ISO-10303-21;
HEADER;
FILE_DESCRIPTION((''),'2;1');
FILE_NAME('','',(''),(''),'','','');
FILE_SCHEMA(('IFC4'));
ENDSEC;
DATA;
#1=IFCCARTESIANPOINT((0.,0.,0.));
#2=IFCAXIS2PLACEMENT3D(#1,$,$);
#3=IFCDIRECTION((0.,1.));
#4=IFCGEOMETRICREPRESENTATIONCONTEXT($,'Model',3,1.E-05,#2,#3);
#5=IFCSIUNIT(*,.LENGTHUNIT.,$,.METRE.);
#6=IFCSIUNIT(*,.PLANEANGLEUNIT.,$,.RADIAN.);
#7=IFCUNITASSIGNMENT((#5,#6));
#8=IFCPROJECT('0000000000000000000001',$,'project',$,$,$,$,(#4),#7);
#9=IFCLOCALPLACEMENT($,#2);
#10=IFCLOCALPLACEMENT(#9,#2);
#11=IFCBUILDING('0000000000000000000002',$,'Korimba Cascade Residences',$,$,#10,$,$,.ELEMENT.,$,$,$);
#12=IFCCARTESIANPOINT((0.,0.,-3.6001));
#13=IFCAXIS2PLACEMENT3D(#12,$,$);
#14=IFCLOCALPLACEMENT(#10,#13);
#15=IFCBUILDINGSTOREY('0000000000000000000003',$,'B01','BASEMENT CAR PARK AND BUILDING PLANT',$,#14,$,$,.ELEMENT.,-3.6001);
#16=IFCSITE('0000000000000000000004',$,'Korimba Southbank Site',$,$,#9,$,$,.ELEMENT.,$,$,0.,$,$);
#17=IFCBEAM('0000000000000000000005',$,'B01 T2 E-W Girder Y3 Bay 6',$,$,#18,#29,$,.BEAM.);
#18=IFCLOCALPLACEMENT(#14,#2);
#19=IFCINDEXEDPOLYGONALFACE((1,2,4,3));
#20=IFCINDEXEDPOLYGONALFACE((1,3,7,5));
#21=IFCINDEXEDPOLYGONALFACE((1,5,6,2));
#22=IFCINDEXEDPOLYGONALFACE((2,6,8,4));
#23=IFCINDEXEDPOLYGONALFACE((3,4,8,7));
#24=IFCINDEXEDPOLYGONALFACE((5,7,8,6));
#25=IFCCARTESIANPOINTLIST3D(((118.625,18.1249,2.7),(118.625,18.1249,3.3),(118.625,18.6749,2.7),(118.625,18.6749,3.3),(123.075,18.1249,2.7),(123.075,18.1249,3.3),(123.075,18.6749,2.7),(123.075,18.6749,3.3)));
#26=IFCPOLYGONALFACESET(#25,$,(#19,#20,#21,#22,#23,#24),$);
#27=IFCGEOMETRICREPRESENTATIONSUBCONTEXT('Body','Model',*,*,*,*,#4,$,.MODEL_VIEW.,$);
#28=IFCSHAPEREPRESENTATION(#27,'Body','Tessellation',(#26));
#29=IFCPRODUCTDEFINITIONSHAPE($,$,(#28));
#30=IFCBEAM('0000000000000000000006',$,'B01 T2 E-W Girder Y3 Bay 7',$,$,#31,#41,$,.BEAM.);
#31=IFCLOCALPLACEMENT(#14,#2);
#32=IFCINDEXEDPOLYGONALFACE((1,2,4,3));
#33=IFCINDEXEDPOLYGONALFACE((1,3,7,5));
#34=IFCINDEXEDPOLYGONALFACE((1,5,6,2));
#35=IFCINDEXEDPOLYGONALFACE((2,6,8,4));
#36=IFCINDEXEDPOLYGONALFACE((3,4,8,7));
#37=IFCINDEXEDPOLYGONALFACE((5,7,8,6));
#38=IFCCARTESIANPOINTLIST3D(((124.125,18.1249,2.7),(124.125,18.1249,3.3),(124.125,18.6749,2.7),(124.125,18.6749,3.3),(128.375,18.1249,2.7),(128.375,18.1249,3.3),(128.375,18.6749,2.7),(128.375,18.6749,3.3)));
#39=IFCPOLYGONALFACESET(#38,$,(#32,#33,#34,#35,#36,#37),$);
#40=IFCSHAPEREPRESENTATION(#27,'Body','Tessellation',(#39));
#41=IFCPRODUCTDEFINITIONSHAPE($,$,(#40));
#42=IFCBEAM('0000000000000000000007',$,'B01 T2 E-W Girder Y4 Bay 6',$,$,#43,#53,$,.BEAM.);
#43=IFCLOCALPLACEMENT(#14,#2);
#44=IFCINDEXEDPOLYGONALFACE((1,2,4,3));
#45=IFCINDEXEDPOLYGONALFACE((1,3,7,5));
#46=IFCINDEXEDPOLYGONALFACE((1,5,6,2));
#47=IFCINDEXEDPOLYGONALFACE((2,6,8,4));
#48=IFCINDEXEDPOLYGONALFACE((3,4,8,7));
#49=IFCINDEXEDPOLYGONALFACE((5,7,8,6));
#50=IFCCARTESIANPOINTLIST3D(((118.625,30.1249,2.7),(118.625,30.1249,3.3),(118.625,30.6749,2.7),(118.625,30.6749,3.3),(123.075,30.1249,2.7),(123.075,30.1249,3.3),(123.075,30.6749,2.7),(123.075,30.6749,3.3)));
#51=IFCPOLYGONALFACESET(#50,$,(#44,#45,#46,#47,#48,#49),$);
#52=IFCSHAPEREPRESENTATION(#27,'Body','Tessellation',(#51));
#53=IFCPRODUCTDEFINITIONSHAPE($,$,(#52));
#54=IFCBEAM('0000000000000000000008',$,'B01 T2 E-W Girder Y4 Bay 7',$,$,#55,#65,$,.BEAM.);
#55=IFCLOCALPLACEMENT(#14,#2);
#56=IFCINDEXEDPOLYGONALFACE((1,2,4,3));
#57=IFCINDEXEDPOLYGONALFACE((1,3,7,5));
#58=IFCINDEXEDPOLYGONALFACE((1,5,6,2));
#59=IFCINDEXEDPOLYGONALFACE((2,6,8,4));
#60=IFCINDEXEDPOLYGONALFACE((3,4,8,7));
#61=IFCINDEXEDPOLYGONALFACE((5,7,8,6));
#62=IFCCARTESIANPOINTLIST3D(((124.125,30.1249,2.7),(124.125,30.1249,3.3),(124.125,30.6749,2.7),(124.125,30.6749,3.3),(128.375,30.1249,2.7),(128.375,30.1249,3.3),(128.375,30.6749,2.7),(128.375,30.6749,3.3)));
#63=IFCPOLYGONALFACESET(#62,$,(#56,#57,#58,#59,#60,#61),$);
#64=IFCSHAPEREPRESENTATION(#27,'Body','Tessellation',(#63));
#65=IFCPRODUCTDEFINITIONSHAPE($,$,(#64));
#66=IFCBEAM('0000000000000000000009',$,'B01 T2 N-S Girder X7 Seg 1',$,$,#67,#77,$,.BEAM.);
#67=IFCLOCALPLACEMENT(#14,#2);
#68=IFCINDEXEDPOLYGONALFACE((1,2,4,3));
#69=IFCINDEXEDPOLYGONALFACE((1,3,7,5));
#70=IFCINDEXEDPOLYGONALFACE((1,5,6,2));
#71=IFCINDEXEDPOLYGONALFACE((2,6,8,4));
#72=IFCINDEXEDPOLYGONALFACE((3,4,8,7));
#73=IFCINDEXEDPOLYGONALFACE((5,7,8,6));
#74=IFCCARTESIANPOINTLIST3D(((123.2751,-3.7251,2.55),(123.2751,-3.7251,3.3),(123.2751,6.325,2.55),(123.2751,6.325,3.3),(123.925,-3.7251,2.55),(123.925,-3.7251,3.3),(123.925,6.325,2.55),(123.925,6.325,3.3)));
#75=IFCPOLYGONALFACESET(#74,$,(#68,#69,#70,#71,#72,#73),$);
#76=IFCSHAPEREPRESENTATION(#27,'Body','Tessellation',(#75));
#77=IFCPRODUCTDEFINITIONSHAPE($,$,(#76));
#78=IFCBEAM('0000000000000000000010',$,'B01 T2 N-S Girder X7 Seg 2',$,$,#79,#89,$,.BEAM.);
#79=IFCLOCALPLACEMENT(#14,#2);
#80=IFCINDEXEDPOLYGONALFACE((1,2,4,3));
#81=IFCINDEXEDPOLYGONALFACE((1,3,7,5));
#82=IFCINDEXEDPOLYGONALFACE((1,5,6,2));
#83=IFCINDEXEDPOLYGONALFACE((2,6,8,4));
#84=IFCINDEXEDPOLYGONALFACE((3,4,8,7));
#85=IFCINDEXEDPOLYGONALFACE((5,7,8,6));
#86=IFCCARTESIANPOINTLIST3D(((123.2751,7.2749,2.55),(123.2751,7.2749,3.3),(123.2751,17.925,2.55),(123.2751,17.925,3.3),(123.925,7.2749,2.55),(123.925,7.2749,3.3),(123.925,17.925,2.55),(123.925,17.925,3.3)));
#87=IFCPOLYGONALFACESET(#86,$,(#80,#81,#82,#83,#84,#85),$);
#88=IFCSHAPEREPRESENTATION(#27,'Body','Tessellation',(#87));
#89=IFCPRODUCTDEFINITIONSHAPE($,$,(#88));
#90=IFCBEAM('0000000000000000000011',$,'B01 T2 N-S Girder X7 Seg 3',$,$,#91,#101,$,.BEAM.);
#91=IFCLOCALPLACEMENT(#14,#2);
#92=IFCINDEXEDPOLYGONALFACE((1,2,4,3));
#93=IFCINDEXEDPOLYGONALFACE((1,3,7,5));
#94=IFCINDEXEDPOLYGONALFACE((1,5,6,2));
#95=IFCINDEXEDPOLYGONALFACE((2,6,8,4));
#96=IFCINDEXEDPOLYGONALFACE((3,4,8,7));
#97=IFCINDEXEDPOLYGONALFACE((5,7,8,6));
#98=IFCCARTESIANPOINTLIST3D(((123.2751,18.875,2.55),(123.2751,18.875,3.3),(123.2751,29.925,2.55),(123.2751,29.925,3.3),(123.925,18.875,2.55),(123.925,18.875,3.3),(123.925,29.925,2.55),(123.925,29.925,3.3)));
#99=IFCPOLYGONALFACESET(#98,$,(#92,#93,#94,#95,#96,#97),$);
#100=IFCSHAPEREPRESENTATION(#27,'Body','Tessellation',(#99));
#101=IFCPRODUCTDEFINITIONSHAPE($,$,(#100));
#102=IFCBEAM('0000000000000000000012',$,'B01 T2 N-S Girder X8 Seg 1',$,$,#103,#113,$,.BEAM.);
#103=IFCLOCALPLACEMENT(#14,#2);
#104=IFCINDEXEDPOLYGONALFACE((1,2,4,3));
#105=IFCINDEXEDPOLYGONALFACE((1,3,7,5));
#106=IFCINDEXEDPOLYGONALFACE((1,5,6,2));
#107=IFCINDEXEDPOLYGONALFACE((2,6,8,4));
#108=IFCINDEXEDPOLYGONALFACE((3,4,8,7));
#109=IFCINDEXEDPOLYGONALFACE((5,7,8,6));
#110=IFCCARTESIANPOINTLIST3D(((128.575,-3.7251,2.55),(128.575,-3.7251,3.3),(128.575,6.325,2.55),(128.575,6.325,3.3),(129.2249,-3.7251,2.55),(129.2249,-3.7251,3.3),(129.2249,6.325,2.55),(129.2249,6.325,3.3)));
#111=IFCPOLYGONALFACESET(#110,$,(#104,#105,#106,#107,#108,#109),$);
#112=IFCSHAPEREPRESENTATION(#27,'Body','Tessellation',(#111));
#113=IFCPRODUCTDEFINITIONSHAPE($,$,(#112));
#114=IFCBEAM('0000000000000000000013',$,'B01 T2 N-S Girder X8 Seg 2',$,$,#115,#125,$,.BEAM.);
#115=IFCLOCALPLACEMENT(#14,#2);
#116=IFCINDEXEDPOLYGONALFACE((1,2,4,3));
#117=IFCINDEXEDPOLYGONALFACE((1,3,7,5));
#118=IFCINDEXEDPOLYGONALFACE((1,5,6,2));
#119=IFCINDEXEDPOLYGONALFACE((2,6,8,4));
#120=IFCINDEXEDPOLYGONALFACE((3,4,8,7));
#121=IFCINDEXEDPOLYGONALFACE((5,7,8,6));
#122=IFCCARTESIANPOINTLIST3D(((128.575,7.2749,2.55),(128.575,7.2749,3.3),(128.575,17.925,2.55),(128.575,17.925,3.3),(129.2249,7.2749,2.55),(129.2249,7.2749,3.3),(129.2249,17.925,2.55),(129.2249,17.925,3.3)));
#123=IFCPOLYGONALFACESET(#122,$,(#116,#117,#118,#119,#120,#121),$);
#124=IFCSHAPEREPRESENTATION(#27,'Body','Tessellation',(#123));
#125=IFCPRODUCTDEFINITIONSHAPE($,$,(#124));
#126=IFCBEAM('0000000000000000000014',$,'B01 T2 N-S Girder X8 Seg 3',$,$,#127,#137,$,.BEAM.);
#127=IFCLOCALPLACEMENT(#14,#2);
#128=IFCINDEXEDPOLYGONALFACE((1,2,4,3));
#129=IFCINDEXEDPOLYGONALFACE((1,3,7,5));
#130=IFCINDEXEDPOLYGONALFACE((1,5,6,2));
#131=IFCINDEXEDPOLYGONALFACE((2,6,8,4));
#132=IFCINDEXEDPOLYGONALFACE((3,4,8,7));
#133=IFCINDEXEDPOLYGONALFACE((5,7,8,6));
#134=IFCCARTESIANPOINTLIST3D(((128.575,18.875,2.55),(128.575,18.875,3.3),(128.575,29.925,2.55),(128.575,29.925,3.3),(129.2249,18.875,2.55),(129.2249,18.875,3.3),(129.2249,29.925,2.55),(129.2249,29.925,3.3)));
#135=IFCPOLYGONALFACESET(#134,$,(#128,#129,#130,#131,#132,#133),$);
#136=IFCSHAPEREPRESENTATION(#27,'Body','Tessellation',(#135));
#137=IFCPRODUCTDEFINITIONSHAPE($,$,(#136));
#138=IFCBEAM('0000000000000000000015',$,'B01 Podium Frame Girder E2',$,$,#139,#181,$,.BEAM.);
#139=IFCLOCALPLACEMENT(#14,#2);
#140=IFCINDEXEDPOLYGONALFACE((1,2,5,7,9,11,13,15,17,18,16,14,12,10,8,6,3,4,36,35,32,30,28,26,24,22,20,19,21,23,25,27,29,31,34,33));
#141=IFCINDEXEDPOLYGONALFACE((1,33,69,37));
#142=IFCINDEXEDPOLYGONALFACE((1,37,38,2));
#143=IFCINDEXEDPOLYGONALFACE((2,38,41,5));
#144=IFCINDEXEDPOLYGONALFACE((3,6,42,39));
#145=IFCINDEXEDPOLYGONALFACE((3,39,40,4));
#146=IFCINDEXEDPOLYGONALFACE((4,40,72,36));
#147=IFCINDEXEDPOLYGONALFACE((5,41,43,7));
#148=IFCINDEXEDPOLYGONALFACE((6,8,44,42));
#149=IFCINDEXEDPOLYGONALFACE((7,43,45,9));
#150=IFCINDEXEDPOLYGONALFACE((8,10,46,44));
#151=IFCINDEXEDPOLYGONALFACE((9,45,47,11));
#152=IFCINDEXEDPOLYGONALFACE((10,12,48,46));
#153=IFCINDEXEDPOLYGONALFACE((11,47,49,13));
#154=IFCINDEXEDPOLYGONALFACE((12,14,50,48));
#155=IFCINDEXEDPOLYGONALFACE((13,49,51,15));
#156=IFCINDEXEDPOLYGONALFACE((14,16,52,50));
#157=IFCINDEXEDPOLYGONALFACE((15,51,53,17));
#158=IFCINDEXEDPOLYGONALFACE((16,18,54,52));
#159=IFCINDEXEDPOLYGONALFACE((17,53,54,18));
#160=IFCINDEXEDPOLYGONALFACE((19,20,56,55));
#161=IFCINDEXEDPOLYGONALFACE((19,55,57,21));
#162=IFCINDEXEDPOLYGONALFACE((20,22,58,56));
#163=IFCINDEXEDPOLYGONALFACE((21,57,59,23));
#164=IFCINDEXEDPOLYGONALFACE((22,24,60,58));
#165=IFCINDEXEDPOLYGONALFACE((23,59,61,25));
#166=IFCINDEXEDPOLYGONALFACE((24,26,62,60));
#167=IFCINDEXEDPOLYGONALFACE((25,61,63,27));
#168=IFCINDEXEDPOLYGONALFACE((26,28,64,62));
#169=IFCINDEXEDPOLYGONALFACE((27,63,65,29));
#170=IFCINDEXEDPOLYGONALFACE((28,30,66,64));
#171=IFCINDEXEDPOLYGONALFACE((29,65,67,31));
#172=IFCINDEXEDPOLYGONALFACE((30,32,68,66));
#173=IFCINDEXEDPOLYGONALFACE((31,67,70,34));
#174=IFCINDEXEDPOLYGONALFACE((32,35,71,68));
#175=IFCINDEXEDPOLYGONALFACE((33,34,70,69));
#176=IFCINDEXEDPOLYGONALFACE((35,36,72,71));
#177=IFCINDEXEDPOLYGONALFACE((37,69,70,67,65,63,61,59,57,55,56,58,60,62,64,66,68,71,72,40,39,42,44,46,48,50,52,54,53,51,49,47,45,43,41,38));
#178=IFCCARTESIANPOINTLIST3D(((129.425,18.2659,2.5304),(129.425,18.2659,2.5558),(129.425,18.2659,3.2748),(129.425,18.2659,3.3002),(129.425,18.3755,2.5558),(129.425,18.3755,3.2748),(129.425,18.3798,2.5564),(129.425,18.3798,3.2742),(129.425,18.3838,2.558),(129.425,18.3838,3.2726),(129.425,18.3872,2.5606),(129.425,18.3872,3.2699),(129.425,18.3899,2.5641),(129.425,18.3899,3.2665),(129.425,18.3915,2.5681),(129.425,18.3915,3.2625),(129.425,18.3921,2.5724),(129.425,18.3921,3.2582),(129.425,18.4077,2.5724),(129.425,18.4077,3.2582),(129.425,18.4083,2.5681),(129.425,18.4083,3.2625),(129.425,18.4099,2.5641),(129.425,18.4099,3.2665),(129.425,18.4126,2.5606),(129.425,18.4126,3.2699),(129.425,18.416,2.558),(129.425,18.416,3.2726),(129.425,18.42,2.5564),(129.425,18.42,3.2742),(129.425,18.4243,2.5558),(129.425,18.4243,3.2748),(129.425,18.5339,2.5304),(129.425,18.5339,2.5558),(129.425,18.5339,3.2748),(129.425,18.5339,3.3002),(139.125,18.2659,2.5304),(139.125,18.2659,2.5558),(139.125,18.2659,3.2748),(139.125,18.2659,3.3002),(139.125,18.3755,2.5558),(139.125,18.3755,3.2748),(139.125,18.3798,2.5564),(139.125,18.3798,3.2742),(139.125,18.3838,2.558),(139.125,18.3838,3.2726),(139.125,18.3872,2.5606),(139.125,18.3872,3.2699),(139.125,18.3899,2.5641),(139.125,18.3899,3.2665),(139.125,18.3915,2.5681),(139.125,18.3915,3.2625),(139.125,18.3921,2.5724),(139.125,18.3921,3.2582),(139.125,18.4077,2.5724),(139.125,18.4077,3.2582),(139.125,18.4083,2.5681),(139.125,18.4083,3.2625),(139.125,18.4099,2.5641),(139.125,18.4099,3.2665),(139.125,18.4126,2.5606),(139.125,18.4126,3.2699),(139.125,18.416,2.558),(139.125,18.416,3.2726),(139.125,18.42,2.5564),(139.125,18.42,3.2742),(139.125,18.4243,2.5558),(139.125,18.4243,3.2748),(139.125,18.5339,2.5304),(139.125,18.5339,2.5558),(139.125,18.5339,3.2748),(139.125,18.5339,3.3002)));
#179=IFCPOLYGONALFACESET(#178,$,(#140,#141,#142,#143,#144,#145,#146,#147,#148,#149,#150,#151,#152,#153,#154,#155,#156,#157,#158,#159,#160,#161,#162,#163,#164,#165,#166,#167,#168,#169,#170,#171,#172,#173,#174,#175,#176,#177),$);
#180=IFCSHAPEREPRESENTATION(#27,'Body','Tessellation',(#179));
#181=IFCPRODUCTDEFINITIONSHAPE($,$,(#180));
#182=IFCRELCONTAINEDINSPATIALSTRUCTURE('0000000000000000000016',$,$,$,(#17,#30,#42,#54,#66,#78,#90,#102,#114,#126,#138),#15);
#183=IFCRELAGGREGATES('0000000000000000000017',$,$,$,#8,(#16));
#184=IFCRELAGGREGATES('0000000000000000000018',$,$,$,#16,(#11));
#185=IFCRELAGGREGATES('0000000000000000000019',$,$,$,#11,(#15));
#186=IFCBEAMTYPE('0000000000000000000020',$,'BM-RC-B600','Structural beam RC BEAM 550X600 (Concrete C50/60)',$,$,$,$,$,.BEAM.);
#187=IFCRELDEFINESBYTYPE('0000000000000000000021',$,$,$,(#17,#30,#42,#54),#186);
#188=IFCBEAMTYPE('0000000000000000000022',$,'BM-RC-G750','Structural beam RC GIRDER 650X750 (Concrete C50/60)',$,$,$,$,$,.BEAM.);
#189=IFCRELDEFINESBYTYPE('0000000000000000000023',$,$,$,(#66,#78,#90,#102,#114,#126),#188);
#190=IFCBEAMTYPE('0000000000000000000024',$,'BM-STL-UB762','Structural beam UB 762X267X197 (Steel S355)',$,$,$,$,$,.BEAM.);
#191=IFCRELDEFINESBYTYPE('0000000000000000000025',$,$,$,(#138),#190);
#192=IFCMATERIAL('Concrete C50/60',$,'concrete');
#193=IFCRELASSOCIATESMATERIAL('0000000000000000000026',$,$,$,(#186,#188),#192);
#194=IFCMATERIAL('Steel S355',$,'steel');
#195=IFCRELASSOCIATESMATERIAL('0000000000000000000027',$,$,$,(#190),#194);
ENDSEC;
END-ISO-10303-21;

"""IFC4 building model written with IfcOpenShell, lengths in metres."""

from ifc_helpers import new_model, si_unit, direction, frame, origin, origin_2d, place, context, subcontext, project, spatial, rectangle, i_section, extrude, material, material_profile, profile_set, type_object, element, save


model = new_model("IFC4")

# Units and contexts
model_context = context("Model", 3, precision=1e-05, world=origin(), true_north=direction((0.0, 1.0)))
body_context = subcontext(model_context, "Body", "Model", "MODEL_VIEW")
ifc_project = project(units=[si_unit("LENGTHUNIT", "METRE"), si_unit("PLANEANGLEUNIT", "RADIAN")], contexts=[model_context])

# Site, building, storey
site_placement = place(None, origin())
site = spatial("IfcSite", under=ifc_project, at=site_placement, Name="Korimba Southbank Site", CompositionType="ELEMENT", RefElevation=0.0)
building_placement = place(site_placement, origin())
building = spatial("IfcBuilding", under=site, at=building_placement, Name="Korimba Cascade Residences", CompositionType="ELEMENT")
storey_placement = place(building_placement, frame((0.0, 0.0, -3.6001)))
storey = spatial("IfcBuildingStorey", under=building, at=storey_placement, Name="B01", Description="BASEMENT CAR PARK AND BUILDING PLANT", CompositionType="ELEMENT", Elevation=-3.6001)

# Shared definitions
ifc_material_1 = material(Name="Concrete C50/60", Category="concrete")

# Beams
ifc_material_profile_1 = material_profile(ifc_material_1, rectangle(XDim=0.55, YDim=0.6001, at=origin_2d()), Name="Concrete C50/60")
ifc_profile_set_1 = profile_set([ifc_material_profile_1], Name="Concrete C50/60")
beam_type_1 = type_object("IfcBeamType", Name="BM-RC-B600", Description="Structural beam RC BEAM 550X600 (Concrete C50/60)", PredefinedType="BEAM", material=ifc_profile_set_1)
beam_1_placement = place(storey_placement, frame((118.625, 18.3999, 3.0), z_axis=(1.0, 0.0, 0.0), x_axis=(0.0, 1.0, 0.0)))
element("IfcBeam", 1, at=beam_1_placement, inside=storey, type_object=beam_type_1, Name="B01 T2 E-W Girder Y3 Bay 6", PredefinedType="BEAM", context=body_context, shape_type="SweptSolid", body=[
    extrude(rectangle(XDim=0.55, YDim=0.6001, at=origin_2d()), origin(), (0.0, 0.0, 1.0), 4.45),
])
beam_2_placement = place(storey_placement, frame((124.125, 18.3999, 3.0), z_axis=(1.0, 0.0, 0.0), x_axis=(0.0, 1.0, 0.0)))
element("IfcBeam", 2, at=beam_2_placement, inside=storey, type_object=beam_type_1, Name="B01 T2 E-W Girder Y3 Bay 7", PredefinedType="BEAM", context=body_context, shape_type="SweptSolid", body=[
    extrude(rectangle(XDim=0.55, YDim=0.6001, at=origin_2d()), origin(), (0.0, 0.0, 1.0), 4.25),
])
beam_3_placement = place(storey_placement, frame((118.625, 30.3999, 3.0), z_axis=(1.0, 0.0, 0.0), x_axis=(0.0, 1.0, 0.0)))
element("IfcBeam", 3, at=beam_3_placement, inside=storey, type_object=beam_type_1, Name="B01 T2 E-W Girder Y4 Bay 6", PredefinedType="BEAM", context=body_context, shape_type="SweptSolid", body=[
    extrude(rectangle(XDim=0.55, YDim=0.6001, at=origin_2d()), origin(), (0.0, 0.0, 1.0), 4.45),
])
beam_4_placement = place(storey_placement, frame((124.125, 30.3999, 3.0), z_axis=(1.0, 0.0, 0.0), x_axis=(0.0, 1.0, 0.0)))
element("IfcBeam", 4, at=beam_4_placement, inside=storey, type_object=beam_type_1, Name="B01 T2 E-W Girder Y4 Bay 7", PredefinedType="BEAM", context=body_context, shape_type="SweptSolid", body=[
    extrude(rectangle(XDim=0.55, YDim=0.6001, at=origin_2d()), origin(), (0.0, 0.0, 1.0), 4.25),
])
ifc_material_profile_2 = material_profile(ifc_material_1, rectangle(XDim=0.6499, YDim=0.75, at=origin_2d()), Name="Concrete C50/60")
ifc_profile_set_2 = profile_set([ifc_material_profile_2], Name="Concrete C50/60")
beam_type_2 = type_object("IfcBeamType", Name="BM-RC-G750", Description="Structural beam RC GIRDER 650X750 (Concrete C50/60)", PredefinedType="BEAM", material=ifc_profile_set_2)
beam_5_placement = place(storey_placement, frame((123.6001, -3.7251, 2.925), z_axis=(0.0, 1.0, 0.0), x_axis=(-1.0, 0.0, 0.0)))
element("IfcBeam", 5, at=beam_5_placement, inside=storey, type_object=beam_type_2, Name="B01 T2 N-S Girder X7 Seg 1", PredefinedType="BEAM", context=body_context, shape_type="SweptSolid", body=[
    extrude(rectangle(XDim=0.6499, YDim=0.75, at=origin_2d()), origin(), (0.0, 0.0, 1.0), 10.05),
])
beam_6_placement = place(storey_placement, frame((123.6001, 7.2749, 2.925), z_axis=(0.0, 1.0, 0.0), x_axis=(-1.0, 0.0, 0.0)))
element("IfcBeam", 6, at=beam_6_placement, inside=storey, type_object=beam_type_2, Name="B01 T2 N-S Girder X7 Seg 2", PredefinedType="BEAM", context=body_context, shape_type="SweptSolid", body=[
    extrude(rectangle(XDim=0.6499, YDim=0.75, at=origin_2d()), origin(), (0.0, 0.0, 1.0), 10.6501),
])
beam_7_placement = place(storey_placement, frame((123.6001, 18.875, 2.925), z_axis=(0.0, 1.0, 0.0), x_axis=(-1.0, 0.0, 0.0)))
element("IfcBeam", 7, at=beam_7_placement, inside=storey, type_object=beam_type_2, Name="B01 T2 N-S Girder X7 Seg 3", PredefinedType="BEAM", context=body_context, shape_type="SweptSolid", body=[
    extrude(rectangle(XDim=0.6499, YDim=0.75, at=origin_2d()), origin(), (0.0, 0.0, 1.0), 11.05),
])
beam_8_placement = place(storey_placement, frame((128.8999, -3.7251, 2.925), z_axis=(0.0, 1.0, 0.0), x_axis=(-1.0, 0.0, 0.0)))
element("IfcBeam", 8, at=beam_8_placement, inside=storey, type_object=beam_type_2, Name="B01 T2 N-S Girder X8 Seg 1", PredefinedType="BEAM", context=body_context, shape_type="SweptSolid", body=[
    extrude(rectangle(XDim=0.6499, YDim=0.75, at=origin_2d()), origin(), (0.0, 0.0, 1.0), 10.05),
])
beam_9_placement = place(storey_placement, frame((128.8999, 7.2749, 2.925), z_axis=(0.0, 1.0, 0.0), x_axis=(-1.0, 0.0, 0.0)))
element("IfcBeam", 9, at=beam_9_placement, inside=storey, type_object=beam_type_2, Name="B01 T2 N-S Girder X8 Seg 2", PredefinedType="BEAM", context=body_context, shape_type="SweptSolid", body=[
    extrude(rectangle(XDim=0.6499, YDim=0.75, at=origin_2d()), origin(), (0.0, 0.0, 1.0), 10.6501),
])
beam_10_placement = place(storey_placement, frame((128.8999, 18.875, 2.925), z_axis=(0.0, 1.0, 0.0), x_axis=(-1.0, 0.0, 0.0)))
element("IfcBeam", 10, at=beam_10_placement, inside=storey, type_object=beam_type_2, Name="B01 T2 N-S Girder X8 Seg 3", PredefinedType="BEAM", context=body_context, shape_type="SweptSolid", body=[
    extrude(rectangle(XDim=0.6499, YDim=0.75, at=origin_2d()), origin(), (0.0, 0.0, 1.0), 11.05),
])
ifc_material_2 = material(Name="Steel S355", Category="steel")
ifc_material_profile_3 = material_profile(ifc_material_2, i_section(OverallWidth=0.2681, OverallDepth=0.7698, WebThickness=0.0156, FlangeThickness=0.0254, FilletRadius=0.0166, at=origin_2d()), Name="Steel S355")
ifc_profile_set_3 = profile_set([ifc_material_profile_3], Name="Steel S355")
beam_type_3 = type_object("IfcBeamType", Name="BM-STL-UB762", Description="Structural beam UB 762X267X197 (Steel S355)", PredefinedType="BEAM", material=ifc_profile_set_3)
beam_11_placement = place(storey_placement, frame((129.425, 18.3999, 2.9153), z_axis=(1.0, 0.0, 0.0), x_axis=(0.0, 1.0, 0.0)))
element("IfcBeam", 11, at=beam_11_placement, inside=storey, type_object=beam_type_3, Name="B01 Podium Frame Girder E2", PredefinedType="BEAM", context=body_context, shape_type="SweptSolid", body=[
    extrude(i_section(OverallWidth=0.2681, OverallDepth=0.7698, WebThickness=0.0156, FlangeThickness=0.0254, FilletRadius=0.0166, at=origin_2d()), origin(), (0.0, 0.0, 1.0), 9.7),
])

save(model, "model.ifc")
